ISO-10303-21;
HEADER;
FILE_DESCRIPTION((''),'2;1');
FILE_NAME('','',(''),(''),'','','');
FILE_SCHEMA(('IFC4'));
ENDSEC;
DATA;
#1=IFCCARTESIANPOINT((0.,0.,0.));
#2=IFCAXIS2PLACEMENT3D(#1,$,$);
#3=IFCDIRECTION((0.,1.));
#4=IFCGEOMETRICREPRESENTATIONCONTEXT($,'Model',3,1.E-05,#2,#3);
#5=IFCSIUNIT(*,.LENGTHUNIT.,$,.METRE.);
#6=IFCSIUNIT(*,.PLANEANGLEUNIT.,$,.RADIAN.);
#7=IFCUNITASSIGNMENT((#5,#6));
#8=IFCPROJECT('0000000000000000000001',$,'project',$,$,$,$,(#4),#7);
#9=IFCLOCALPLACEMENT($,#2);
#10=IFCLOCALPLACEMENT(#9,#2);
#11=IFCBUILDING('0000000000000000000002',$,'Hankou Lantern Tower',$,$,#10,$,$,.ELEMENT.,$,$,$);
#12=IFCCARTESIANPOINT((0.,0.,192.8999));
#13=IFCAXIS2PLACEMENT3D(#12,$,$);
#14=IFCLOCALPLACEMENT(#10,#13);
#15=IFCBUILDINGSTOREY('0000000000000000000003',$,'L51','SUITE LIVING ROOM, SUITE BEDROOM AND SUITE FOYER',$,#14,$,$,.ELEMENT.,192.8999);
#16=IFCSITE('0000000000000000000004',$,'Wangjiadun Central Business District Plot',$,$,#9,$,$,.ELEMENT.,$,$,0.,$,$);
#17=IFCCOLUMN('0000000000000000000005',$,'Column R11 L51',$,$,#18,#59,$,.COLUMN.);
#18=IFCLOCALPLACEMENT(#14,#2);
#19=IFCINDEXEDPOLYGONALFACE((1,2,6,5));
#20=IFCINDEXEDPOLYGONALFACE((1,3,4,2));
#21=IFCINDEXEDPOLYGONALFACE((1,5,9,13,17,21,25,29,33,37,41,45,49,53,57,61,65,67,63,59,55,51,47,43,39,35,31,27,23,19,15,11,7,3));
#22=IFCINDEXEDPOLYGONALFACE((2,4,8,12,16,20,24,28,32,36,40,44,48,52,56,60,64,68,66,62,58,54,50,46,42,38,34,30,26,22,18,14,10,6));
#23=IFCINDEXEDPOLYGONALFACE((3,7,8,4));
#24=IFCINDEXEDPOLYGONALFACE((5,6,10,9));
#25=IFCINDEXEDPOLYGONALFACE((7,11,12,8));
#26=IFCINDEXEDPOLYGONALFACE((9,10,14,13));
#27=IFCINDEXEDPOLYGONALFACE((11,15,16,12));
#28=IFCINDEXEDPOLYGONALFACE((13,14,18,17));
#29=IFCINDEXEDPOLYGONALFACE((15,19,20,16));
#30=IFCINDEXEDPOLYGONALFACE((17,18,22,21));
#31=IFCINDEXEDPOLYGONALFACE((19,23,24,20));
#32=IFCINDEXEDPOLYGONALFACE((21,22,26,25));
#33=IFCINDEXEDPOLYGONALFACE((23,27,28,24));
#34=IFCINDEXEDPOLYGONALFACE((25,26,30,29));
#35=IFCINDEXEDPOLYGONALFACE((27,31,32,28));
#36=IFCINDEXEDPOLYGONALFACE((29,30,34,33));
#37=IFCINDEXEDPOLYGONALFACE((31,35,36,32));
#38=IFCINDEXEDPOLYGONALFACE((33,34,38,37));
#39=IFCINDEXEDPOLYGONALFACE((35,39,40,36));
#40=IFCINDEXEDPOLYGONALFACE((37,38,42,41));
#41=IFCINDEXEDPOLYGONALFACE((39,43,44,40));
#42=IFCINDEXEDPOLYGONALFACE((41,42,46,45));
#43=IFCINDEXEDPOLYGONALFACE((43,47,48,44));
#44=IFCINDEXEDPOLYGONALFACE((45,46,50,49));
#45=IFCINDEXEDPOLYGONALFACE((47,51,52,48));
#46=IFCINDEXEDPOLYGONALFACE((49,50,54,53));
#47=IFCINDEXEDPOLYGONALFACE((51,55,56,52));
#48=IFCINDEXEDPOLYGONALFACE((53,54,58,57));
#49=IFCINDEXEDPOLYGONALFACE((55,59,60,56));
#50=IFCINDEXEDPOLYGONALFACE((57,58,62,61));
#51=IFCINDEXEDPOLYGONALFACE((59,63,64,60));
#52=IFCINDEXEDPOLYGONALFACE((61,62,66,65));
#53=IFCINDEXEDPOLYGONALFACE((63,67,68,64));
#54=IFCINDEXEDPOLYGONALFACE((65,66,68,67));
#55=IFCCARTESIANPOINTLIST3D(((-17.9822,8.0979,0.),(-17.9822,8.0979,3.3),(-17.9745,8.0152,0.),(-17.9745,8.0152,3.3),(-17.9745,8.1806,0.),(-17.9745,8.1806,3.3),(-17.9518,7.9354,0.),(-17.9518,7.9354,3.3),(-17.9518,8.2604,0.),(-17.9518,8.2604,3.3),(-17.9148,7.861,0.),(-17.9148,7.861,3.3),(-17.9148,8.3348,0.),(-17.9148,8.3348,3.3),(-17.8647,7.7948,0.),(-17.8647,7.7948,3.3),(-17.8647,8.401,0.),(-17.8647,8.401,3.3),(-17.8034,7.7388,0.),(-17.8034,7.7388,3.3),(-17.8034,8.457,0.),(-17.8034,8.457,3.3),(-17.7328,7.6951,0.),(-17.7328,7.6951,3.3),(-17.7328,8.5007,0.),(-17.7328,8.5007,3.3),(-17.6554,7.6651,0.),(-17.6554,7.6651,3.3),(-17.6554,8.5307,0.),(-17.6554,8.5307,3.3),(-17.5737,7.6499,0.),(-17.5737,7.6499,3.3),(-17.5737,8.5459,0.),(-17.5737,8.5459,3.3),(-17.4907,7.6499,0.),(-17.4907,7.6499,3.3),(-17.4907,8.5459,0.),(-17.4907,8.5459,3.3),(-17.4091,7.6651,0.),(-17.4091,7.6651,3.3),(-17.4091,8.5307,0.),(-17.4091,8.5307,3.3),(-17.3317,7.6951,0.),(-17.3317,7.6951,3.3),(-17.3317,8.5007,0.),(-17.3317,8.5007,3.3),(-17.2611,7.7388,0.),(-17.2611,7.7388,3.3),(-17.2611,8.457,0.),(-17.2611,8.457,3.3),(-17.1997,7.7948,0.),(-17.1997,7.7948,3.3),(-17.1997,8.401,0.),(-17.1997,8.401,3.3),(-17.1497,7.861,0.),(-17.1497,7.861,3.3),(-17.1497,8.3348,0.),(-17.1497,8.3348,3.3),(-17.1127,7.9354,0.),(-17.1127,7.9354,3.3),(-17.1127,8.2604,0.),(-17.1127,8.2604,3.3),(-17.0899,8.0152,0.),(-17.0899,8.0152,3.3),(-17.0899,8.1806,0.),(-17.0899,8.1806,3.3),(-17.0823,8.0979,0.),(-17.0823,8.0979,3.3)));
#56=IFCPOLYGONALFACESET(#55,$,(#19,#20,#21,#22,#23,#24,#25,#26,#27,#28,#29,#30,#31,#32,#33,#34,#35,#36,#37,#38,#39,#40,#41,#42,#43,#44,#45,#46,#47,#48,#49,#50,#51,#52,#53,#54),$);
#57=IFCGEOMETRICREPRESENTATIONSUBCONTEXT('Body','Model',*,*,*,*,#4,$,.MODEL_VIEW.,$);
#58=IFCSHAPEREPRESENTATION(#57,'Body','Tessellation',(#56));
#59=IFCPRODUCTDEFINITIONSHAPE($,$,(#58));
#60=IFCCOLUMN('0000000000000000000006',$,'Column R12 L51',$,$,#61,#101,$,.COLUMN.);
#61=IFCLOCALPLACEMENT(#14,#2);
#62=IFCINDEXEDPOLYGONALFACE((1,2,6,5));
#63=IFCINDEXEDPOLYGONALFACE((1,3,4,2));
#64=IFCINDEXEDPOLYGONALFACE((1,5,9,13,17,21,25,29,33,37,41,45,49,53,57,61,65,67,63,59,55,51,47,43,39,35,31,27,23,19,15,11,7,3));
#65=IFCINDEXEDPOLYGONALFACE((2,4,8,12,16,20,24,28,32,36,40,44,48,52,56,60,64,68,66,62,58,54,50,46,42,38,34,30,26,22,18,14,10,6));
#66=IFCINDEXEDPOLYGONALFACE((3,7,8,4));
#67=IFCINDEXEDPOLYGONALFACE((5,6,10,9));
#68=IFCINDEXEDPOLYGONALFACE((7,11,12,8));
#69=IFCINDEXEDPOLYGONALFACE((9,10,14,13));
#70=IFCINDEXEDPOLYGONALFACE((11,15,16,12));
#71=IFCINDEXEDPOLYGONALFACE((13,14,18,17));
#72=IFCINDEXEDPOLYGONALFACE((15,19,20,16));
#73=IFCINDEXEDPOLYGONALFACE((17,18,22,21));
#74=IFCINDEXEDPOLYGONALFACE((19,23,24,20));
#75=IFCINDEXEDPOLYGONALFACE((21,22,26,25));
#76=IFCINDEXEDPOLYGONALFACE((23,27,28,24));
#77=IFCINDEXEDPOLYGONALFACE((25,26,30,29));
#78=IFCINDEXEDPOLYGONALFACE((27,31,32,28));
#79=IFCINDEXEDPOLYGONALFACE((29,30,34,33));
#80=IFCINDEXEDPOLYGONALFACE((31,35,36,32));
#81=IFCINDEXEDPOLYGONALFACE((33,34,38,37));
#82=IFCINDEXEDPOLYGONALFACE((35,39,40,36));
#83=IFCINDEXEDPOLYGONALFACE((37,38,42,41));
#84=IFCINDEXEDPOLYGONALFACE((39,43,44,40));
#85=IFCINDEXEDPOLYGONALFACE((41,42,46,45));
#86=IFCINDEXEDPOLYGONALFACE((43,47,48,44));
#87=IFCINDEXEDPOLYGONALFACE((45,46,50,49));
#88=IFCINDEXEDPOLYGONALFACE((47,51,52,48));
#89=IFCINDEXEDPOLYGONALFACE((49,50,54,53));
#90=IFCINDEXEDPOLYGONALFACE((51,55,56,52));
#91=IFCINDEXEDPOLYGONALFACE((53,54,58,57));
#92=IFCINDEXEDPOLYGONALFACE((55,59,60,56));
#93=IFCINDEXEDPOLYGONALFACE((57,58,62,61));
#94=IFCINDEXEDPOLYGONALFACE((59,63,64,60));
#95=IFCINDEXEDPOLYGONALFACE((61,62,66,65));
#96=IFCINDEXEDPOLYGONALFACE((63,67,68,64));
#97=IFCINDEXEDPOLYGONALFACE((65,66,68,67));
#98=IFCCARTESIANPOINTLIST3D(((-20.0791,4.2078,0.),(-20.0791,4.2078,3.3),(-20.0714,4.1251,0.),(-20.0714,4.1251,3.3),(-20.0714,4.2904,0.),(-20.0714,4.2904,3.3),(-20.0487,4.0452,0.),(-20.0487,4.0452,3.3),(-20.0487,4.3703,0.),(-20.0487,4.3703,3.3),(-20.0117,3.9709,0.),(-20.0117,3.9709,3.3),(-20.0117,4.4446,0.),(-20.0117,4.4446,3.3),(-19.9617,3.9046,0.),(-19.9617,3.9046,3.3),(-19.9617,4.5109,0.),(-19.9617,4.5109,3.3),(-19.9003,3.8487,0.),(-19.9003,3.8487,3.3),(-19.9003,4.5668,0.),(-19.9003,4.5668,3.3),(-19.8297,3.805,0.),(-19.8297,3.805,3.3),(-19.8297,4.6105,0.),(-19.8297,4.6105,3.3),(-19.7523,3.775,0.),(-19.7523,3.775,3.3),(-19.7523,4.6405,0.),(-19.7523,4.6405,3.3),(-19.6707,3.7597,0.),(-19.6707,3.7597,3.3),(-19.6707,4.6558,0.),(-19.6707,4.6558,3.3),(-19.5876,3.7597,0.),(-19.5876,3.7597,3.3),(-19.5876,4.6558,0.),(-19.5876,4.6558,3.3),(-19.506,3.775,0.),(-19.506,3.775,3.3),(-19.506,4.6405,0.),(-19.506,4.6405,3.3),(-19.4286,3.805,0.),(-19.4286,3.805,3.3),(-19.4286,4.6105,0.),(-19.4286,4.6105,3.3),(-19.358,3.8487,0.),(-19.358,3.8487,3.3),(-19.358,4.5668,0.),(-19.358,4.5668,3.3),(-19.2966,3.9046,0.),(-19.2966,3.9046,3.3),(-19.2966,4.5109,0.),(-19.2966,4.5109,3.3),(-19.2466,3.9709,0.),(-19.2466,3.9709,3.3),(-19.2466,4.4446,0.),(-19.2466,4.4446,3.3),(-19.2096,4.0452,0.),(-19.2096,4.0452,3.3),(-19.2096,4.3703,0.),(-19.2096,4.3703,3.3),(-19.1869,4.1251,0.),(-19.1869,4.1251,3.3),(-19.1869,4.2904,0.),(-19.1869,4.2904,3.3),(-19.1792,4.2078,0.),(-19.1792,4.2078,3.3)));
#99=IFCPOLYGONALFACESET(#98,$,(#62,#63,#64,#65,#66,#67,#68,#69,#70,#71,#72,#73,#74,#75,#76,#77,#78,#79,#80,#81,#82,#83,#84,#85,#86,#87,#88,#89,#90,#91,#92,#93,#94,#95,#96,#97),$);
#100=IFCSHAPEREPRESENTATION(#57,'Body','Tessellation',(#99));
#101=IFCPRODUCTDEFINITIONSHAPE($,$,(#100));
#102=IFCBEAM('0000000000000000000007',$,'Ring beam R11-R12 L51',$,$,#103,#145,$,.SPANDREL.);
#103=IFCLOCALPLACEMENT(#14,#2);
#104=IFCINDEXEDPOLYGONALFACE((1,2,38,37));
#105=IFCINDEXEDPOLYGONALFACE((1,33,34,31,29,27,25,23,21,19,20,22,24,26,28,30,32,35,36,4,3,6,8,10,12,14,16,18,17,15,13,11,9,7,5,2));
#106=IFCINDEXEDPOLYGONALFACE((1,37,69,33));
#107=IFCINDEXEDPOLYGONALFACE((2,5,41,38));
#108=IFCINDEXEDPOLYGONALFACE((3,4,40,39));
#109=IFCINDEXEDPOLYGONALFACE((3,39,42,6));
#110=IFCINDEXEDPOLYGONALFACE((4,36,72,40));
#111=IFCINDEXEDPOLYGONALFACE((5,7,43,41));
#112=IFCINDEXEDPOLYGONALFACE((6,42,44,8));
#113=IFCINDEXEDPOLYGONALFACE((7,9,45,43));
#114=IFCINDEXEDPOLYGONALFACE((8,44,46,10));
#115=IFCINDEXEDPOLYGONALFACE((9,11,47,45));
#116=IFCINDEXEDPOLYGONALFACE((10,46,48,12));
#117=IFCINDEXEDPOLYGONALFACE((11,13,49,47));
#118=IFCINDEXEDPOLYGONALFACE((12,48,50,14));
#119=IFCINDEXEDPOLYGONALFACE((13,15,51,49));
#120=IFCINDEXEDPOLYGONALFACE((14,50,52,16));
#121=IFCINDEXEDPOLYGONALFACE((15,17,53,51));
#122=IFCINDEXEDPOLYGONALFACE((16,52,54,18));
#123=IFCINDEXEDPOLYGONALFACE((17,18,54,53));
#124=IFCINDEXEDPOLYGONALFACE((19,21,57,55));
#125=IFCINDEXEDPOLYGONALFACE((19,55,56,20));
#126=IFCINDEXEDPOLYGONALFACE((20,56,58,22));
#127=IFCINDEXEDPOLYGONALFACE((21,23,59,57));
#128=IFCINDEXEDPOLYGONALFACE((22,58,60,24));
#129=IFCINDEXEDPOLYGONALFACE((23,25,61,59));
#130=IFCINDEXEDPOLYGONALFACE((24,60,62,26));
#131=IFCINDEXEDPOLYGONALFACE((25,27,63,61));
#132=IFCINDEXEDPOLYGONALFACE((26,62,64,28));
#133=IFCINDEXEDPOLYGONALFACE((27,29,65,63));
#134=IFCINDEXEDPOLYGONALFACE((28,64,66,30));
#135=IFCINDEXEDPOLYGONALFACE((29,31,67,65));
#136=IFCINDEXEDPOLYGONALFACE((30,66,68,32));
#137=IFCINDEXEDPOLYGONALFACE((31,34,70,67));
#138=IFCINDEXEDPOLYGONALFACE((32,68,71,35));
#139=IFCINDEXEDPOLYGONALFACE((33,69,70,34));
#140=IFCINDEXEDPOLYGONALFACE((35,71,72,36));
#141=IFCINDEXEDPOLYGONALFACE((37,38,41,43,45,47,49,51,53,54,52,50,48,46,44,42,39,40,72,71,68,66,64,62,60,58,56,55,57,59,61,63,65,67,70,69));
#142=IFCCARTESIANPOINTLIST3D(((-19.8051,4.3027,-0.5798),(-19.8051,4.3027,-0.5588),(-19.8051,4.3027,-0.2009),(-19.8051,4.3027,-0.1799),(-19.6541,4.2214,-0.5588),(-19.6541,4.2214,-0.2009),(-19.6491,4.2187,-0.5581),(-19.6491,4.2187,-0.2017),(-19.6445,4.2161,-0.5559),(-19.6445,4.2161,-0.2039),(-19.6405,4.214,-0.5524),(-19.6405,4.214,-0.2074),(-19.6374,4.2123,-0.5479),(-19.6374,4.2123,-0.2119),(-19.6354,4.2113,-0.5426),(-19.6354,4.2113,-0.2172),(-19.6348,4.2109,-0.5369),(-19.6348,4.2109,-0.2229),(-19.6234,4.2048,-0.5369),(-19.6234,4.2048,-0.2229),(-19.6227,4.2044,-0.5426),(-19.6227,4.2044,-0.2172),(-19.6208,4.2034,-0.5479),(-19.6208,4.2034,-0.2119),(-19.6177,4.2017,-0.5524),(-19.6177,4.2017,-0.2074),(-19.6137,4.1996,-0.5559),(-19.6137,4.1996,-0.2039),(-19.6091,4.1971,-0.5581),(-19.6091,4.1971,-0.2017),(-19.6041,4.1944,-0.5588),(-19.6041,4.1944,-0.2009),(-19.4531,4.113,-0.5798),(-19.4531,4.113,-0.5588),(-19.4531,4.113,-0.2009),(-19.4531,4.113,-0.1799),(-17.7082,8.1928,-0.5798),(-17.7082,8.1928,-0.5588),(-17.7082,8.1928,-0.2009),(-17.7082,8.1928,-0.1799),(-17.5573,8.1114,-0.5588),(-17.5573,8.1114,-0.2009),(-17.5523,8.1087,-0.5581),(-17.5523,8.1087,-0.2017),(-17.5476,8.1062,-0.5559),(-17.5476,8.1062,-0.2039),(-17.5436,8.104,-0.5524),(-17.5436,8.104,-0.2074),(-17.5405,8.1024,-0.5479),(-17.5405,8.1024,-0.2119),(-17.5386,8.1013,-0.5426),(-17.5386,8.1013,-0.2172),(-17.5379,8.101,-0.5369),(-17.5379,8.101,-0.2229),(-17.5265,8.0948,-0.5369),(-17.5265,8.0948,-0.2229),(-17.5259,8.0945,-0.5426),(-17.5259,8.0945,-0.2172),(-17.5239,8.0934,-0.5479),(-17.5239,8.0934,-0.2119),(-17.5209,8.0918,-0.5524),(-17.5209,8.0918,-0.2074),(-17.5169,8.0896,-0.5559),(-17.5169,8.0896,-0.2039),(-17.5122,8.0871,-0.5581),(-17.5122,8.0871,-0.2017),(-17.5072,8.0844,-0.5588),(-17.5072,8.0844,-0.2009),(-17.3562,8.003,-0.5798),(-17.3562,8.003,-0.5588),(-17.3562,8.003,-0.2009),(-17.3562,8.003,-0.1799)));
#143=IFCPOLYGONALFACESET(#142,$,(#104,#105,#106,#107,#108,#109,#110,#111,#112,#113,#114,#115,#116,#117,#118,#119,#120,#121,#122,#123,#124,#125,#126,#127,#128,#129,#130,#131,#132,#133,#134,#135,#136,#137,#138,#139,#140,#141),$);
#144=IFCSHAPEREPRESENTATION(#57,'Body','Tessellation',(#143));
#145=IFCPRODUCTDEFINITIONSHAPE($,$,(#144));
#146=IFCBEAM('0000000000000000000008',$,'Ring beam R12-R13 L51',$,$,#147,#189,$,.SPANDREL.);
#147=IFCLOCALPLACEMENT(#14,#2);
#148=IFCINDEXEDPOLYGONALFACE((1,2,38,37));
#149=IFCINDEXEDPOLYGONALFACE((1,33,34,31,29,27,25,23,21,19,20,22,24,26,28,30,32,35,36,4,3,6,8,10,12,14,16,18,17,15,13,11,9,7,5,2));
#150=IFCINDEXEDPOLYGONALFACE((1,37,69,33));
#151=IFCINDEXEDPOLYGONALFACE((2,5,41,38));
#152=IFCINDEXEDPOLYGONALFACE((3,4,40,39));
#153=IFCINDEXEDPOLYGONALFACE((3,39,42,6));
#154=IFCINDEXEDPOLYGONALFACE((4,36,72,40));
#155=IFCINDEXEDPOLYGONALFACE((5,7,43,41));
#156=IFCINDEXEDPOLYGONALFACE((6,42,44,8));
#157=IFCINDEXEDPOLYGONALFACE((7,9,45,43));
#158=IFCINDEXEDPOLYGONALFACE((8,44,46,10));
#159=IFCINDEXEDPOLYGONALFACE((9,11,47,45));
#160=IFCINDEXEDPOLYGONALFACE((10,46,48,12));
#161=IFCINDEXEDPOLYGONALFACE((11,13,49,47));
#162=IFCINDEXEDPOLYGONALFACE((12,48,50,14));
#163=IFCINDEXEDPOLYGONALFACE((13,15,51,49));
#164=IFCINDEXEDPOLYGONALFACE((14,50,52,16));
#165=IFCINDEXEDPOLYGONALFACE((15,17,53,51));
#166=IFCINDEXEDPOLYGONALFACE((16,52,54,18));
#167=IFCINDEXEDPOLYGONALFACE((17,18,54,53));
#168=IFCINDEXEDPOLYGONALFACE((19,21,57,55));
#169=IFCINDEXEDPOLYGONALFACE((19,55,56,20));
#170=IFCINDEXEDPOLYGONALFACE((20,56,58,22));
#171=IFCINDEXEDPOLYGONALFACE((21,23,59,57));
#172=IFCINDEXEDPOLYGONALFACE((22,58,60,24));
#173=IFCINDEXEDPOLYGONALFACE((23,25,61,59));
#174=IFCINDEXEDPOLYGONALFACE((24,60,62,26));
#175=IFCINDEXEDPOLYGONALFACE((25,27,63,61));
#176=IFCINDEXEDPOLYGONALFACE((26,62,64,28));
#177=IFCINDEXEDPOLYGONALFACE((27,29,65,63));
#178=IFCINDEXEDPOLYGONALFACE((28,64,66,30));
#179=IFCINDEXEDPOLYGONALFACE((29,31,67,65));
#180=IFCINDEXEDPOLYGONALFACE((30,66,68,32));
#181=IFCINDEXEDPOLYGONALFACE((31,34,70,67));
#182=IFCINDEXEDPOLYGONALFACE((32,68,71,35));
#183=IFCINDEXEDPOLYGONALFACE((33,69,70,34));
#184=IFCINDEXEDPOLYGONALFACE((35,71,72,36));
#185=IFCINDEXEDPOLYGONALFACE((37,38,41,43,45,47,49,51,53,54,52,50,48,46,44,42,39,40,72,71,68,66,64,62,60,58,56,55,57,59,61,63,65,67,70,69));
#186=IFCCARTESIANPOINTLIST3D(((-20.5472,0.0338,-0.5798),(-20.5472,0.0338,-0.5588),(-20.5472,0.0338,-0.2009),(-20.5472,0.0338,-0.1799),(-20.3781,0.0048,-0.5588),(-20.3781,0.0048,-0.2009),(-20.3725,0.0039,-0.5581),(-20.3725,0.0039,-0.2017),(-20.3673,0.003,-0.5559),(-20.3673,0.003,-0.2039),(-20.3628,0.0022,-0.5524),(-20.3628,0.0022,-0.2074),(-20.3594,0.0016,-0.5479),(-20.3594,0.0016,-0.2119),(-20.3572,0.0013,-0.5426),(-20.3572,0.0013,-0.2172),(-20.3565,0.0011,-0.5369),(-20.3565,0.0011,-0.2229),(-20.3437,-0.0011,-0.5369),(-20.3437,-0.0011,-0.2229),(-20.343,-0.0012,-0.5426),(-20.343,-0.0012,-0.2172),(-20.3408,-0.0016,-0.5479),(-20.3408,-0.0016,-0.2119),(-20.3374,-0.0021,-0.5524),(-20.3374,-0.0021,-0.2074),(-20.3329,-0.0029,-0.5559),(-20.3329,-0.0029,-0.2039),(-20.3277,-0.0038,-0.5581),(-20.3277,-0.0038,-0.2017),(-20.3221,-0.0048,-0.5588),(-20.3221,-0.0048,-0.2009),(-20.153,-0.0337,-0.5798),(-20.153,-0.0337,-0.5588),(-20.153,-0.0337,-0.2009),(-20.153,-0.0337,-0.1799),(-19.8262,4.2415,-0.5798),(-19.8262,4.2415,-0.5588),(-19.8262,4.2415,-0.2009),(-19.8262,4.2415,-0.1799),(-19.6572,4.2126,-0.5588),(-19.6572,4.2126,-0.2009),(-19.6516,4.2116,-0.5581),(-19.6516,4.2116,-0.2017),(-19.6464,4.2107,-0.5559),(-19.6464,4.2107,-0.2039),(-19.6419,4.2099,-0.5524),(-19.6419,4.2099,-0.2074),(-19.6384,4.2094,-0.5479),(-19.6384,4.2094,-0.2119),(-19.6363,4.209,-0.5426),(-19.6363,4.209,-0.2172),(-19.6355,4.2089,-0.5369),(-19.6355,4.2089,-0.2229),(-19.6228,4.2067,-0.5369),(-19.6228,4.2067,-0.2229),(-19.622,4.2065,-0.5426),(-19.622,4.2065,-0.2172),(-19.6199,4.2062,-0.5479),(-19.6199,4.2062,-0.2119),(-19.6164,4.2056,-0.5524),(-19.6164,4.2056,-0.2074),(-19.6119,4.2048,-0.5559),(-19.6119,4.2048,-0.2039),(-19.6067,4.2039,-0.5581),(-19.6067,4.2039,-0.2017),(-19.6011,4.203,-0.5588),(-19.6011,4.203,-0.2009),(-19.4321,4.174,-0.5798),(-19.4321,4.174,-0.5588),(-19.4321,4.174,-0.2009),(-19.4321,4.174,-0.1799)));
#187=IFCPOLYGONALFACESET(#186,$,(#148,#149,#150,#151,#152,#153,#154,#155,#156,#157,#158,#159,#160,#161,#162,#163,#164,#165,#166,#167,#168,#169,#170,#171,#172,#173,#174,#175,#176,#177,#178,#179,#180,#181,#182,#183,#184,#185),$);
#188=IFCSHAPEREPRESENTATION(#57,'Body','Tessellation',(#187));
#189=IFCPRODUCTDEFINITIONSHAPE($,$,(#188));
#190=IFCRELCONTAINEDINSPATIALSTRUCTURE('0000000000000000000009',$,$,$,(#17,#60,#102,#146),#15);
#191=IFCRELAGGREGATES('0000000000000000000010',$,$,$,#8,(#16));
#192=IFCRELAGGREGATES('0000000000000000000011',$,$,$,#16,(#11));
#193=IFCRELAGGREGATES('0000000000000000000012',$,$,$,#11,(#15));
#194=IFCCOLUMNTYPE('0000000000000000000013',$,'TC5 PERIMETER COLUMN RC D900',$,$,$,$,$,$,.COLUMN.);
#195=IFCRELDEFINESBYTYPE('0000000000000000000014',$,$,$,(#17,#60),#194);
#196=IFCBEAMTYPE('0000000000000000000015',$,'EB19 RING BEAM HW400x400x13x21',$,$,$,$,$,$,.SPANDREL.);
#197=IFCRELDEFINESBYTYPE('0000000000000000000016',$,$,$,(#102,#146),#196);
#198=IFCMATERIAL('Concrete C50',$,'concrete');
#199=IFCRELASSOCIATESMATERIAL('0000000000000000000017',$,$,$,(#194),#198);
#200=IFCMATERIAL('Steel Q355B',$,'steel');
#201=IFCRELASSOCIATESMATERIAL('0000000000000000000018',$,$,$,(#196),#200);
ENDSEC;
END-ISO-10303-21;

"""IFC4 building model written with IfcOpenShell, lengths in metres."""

from ifc_helpers import new_model, si_unit, direction, frame, origin, origin_2d, place, context, subcontext, project, spatial, circle, i_section, extrude, material, material_profile, profile_set, type_object, element, save


model = new_model("IFC4")

# Units and contexts
model_context = context("Model", 3, precision=1e-05, world=origin(), true_north=direction((0.0, 1.0)))
body_context = subcontext(model_context, "Body", "Model", "MODEL_VIEW")
ifc_project = project(units=[si_unit("LENGTHUNIT", "METRE"), si_unit("PLANEANGLEUNIT", "RADIAN")], contexts=[model_context])

# Site, building, storey
site_placement = place(None, origin())
site = spatial("IfcSite", under=ifc_project, at=site_placement, Name="Wangjiadun Central Business District Plot", CompositionType="ELEMENT", RefElevation=0.0)
building_placement = place(site_placement, origin())
building = spatial("IfcBuilding", under=site, at=building_placement, Name="Hankou Lantern Tower", CompositionType="ELEMENT")
storey_placement = place(building_placement, frame((0.0, 0.0, 192.8999)))
storey = spatial("IfcBuildingStorey", under=building, at=storey_placement, Name="L51", Description="SUITE LIVING ROOM, SUITE BEDROOM AND SUITE FOYER", CompositionType="ELEMENT", Elevation=192.8999)

# Columns
ifc_material_1 = material(Name="Concrete C50", Category="concrete")
ifc_material_profile_1 = material_profile(ifc_material_1, circle(Radius=0.45, at=origin_2d()), Name="RC D900")
ifc_profile_set_1 = profile_set([ifc_material_profile_1], Name="Concrete C50")
column_type = type_object("IfcColumnType", Name="TC5 PERIMETER COLUMN RC D900", PredefinedType="COLUMN", material=ifc_profile_set_1)
for number, where, z_axis, x_axis, name in (
    (1, (-17.5322, 8.0979, 0.0), (0.0, 0.0, 1.0), (1.0, 0.0, 0.0), "Column R11 L51"),
    (2, (-19.6292, 4.2078, 0.0), (0.0, 0.0, 1.0), (1.0, 0.0, 0.0), "Column R12 L51"),
):
    element("IfcColumn", number, at=place(storey_placement, frame(where, z_axis=z_axis, x_axis=x_axis)), inside=storey, type_object=column_type, Name=name, PredefinedType="COLUMN", context=body_context, shape_type="SweptSolid", body=[
        extrude(circle(Radius=0.45, at=origin_2d()), origin(), (0.0, 0.0, 1.0), 3.3),
    ])

# Beams
ifc_material_2 = material(Name="Steel Q355B", Category="steel")
ifc_material_profile_2 = material_profile(ifc_material_2, i_section(OverallWidth=0.3999, OverallDepth=0.3999, WebThickness=0.0129, FlangeThickness=0.021, FilletRadius=0.022, at=origin_2d()), Name="HW400x400x13x21")
ifc_profile_set_2 = profile_set([ifc_material_profile_2], Name="Steel Q355B")
beam_type_1 = type_object("IfcBeamType", Name="EB19 RING BEAM HW400x400x13x21", PredefinedType="SPANDREL", material=ifc_profile_set_2)
beam_1_placement = place(storey_placement, frame((-17.5322, 8.0979, -0.3799), z_axis=(-0.474492, -0.88026, 0.0), x_axis=(0.88026, -0.474492, 0.0)))
element("IfcBeam", 3, at=beam_1_placement, inside=storey, type_object=beam_type_1, Name="Ring beam R11-R12 L51", PredefinedType="SPANDREL", context=body_context, shape_type="SweptSolid", body=[
    extrude(i_section(OverallWidth=0.3999, OverallDepth=0.3999, WebThickness=0.0129, FlangeThickness=0.021, FilletRadius=0.022, at=origin_2d()), origin(), (0.0, 0.0, 1.0), 4.4192),
])
beam_2_placement = place(storey_placement, frame((-19.6292, 4.2078, -0.3799), z_axis=(-0.168877, -0.985637, 0.0), x_axis=(0.985637, -0.168877, 0.0)))
element("IfcBeam", 4, at=beam_2_placement, inside=storey, type_object=beam_type_1, Name="Ring beam R12-R13 L51", PredefinedType="SPANDREL", context=body_context, shape_type="SweptSolid", body=[
    extrude(i_section(OverallWidth=0.3999, OverallDepth=0.3999, WebThickness=0.0129, FlangeThickness=0.021, FilletRadius=0.022, at=origin_2d()), origin(), (0.0, 0.0, 1.0), 4.269),
])

save(model, "model.ifc")
